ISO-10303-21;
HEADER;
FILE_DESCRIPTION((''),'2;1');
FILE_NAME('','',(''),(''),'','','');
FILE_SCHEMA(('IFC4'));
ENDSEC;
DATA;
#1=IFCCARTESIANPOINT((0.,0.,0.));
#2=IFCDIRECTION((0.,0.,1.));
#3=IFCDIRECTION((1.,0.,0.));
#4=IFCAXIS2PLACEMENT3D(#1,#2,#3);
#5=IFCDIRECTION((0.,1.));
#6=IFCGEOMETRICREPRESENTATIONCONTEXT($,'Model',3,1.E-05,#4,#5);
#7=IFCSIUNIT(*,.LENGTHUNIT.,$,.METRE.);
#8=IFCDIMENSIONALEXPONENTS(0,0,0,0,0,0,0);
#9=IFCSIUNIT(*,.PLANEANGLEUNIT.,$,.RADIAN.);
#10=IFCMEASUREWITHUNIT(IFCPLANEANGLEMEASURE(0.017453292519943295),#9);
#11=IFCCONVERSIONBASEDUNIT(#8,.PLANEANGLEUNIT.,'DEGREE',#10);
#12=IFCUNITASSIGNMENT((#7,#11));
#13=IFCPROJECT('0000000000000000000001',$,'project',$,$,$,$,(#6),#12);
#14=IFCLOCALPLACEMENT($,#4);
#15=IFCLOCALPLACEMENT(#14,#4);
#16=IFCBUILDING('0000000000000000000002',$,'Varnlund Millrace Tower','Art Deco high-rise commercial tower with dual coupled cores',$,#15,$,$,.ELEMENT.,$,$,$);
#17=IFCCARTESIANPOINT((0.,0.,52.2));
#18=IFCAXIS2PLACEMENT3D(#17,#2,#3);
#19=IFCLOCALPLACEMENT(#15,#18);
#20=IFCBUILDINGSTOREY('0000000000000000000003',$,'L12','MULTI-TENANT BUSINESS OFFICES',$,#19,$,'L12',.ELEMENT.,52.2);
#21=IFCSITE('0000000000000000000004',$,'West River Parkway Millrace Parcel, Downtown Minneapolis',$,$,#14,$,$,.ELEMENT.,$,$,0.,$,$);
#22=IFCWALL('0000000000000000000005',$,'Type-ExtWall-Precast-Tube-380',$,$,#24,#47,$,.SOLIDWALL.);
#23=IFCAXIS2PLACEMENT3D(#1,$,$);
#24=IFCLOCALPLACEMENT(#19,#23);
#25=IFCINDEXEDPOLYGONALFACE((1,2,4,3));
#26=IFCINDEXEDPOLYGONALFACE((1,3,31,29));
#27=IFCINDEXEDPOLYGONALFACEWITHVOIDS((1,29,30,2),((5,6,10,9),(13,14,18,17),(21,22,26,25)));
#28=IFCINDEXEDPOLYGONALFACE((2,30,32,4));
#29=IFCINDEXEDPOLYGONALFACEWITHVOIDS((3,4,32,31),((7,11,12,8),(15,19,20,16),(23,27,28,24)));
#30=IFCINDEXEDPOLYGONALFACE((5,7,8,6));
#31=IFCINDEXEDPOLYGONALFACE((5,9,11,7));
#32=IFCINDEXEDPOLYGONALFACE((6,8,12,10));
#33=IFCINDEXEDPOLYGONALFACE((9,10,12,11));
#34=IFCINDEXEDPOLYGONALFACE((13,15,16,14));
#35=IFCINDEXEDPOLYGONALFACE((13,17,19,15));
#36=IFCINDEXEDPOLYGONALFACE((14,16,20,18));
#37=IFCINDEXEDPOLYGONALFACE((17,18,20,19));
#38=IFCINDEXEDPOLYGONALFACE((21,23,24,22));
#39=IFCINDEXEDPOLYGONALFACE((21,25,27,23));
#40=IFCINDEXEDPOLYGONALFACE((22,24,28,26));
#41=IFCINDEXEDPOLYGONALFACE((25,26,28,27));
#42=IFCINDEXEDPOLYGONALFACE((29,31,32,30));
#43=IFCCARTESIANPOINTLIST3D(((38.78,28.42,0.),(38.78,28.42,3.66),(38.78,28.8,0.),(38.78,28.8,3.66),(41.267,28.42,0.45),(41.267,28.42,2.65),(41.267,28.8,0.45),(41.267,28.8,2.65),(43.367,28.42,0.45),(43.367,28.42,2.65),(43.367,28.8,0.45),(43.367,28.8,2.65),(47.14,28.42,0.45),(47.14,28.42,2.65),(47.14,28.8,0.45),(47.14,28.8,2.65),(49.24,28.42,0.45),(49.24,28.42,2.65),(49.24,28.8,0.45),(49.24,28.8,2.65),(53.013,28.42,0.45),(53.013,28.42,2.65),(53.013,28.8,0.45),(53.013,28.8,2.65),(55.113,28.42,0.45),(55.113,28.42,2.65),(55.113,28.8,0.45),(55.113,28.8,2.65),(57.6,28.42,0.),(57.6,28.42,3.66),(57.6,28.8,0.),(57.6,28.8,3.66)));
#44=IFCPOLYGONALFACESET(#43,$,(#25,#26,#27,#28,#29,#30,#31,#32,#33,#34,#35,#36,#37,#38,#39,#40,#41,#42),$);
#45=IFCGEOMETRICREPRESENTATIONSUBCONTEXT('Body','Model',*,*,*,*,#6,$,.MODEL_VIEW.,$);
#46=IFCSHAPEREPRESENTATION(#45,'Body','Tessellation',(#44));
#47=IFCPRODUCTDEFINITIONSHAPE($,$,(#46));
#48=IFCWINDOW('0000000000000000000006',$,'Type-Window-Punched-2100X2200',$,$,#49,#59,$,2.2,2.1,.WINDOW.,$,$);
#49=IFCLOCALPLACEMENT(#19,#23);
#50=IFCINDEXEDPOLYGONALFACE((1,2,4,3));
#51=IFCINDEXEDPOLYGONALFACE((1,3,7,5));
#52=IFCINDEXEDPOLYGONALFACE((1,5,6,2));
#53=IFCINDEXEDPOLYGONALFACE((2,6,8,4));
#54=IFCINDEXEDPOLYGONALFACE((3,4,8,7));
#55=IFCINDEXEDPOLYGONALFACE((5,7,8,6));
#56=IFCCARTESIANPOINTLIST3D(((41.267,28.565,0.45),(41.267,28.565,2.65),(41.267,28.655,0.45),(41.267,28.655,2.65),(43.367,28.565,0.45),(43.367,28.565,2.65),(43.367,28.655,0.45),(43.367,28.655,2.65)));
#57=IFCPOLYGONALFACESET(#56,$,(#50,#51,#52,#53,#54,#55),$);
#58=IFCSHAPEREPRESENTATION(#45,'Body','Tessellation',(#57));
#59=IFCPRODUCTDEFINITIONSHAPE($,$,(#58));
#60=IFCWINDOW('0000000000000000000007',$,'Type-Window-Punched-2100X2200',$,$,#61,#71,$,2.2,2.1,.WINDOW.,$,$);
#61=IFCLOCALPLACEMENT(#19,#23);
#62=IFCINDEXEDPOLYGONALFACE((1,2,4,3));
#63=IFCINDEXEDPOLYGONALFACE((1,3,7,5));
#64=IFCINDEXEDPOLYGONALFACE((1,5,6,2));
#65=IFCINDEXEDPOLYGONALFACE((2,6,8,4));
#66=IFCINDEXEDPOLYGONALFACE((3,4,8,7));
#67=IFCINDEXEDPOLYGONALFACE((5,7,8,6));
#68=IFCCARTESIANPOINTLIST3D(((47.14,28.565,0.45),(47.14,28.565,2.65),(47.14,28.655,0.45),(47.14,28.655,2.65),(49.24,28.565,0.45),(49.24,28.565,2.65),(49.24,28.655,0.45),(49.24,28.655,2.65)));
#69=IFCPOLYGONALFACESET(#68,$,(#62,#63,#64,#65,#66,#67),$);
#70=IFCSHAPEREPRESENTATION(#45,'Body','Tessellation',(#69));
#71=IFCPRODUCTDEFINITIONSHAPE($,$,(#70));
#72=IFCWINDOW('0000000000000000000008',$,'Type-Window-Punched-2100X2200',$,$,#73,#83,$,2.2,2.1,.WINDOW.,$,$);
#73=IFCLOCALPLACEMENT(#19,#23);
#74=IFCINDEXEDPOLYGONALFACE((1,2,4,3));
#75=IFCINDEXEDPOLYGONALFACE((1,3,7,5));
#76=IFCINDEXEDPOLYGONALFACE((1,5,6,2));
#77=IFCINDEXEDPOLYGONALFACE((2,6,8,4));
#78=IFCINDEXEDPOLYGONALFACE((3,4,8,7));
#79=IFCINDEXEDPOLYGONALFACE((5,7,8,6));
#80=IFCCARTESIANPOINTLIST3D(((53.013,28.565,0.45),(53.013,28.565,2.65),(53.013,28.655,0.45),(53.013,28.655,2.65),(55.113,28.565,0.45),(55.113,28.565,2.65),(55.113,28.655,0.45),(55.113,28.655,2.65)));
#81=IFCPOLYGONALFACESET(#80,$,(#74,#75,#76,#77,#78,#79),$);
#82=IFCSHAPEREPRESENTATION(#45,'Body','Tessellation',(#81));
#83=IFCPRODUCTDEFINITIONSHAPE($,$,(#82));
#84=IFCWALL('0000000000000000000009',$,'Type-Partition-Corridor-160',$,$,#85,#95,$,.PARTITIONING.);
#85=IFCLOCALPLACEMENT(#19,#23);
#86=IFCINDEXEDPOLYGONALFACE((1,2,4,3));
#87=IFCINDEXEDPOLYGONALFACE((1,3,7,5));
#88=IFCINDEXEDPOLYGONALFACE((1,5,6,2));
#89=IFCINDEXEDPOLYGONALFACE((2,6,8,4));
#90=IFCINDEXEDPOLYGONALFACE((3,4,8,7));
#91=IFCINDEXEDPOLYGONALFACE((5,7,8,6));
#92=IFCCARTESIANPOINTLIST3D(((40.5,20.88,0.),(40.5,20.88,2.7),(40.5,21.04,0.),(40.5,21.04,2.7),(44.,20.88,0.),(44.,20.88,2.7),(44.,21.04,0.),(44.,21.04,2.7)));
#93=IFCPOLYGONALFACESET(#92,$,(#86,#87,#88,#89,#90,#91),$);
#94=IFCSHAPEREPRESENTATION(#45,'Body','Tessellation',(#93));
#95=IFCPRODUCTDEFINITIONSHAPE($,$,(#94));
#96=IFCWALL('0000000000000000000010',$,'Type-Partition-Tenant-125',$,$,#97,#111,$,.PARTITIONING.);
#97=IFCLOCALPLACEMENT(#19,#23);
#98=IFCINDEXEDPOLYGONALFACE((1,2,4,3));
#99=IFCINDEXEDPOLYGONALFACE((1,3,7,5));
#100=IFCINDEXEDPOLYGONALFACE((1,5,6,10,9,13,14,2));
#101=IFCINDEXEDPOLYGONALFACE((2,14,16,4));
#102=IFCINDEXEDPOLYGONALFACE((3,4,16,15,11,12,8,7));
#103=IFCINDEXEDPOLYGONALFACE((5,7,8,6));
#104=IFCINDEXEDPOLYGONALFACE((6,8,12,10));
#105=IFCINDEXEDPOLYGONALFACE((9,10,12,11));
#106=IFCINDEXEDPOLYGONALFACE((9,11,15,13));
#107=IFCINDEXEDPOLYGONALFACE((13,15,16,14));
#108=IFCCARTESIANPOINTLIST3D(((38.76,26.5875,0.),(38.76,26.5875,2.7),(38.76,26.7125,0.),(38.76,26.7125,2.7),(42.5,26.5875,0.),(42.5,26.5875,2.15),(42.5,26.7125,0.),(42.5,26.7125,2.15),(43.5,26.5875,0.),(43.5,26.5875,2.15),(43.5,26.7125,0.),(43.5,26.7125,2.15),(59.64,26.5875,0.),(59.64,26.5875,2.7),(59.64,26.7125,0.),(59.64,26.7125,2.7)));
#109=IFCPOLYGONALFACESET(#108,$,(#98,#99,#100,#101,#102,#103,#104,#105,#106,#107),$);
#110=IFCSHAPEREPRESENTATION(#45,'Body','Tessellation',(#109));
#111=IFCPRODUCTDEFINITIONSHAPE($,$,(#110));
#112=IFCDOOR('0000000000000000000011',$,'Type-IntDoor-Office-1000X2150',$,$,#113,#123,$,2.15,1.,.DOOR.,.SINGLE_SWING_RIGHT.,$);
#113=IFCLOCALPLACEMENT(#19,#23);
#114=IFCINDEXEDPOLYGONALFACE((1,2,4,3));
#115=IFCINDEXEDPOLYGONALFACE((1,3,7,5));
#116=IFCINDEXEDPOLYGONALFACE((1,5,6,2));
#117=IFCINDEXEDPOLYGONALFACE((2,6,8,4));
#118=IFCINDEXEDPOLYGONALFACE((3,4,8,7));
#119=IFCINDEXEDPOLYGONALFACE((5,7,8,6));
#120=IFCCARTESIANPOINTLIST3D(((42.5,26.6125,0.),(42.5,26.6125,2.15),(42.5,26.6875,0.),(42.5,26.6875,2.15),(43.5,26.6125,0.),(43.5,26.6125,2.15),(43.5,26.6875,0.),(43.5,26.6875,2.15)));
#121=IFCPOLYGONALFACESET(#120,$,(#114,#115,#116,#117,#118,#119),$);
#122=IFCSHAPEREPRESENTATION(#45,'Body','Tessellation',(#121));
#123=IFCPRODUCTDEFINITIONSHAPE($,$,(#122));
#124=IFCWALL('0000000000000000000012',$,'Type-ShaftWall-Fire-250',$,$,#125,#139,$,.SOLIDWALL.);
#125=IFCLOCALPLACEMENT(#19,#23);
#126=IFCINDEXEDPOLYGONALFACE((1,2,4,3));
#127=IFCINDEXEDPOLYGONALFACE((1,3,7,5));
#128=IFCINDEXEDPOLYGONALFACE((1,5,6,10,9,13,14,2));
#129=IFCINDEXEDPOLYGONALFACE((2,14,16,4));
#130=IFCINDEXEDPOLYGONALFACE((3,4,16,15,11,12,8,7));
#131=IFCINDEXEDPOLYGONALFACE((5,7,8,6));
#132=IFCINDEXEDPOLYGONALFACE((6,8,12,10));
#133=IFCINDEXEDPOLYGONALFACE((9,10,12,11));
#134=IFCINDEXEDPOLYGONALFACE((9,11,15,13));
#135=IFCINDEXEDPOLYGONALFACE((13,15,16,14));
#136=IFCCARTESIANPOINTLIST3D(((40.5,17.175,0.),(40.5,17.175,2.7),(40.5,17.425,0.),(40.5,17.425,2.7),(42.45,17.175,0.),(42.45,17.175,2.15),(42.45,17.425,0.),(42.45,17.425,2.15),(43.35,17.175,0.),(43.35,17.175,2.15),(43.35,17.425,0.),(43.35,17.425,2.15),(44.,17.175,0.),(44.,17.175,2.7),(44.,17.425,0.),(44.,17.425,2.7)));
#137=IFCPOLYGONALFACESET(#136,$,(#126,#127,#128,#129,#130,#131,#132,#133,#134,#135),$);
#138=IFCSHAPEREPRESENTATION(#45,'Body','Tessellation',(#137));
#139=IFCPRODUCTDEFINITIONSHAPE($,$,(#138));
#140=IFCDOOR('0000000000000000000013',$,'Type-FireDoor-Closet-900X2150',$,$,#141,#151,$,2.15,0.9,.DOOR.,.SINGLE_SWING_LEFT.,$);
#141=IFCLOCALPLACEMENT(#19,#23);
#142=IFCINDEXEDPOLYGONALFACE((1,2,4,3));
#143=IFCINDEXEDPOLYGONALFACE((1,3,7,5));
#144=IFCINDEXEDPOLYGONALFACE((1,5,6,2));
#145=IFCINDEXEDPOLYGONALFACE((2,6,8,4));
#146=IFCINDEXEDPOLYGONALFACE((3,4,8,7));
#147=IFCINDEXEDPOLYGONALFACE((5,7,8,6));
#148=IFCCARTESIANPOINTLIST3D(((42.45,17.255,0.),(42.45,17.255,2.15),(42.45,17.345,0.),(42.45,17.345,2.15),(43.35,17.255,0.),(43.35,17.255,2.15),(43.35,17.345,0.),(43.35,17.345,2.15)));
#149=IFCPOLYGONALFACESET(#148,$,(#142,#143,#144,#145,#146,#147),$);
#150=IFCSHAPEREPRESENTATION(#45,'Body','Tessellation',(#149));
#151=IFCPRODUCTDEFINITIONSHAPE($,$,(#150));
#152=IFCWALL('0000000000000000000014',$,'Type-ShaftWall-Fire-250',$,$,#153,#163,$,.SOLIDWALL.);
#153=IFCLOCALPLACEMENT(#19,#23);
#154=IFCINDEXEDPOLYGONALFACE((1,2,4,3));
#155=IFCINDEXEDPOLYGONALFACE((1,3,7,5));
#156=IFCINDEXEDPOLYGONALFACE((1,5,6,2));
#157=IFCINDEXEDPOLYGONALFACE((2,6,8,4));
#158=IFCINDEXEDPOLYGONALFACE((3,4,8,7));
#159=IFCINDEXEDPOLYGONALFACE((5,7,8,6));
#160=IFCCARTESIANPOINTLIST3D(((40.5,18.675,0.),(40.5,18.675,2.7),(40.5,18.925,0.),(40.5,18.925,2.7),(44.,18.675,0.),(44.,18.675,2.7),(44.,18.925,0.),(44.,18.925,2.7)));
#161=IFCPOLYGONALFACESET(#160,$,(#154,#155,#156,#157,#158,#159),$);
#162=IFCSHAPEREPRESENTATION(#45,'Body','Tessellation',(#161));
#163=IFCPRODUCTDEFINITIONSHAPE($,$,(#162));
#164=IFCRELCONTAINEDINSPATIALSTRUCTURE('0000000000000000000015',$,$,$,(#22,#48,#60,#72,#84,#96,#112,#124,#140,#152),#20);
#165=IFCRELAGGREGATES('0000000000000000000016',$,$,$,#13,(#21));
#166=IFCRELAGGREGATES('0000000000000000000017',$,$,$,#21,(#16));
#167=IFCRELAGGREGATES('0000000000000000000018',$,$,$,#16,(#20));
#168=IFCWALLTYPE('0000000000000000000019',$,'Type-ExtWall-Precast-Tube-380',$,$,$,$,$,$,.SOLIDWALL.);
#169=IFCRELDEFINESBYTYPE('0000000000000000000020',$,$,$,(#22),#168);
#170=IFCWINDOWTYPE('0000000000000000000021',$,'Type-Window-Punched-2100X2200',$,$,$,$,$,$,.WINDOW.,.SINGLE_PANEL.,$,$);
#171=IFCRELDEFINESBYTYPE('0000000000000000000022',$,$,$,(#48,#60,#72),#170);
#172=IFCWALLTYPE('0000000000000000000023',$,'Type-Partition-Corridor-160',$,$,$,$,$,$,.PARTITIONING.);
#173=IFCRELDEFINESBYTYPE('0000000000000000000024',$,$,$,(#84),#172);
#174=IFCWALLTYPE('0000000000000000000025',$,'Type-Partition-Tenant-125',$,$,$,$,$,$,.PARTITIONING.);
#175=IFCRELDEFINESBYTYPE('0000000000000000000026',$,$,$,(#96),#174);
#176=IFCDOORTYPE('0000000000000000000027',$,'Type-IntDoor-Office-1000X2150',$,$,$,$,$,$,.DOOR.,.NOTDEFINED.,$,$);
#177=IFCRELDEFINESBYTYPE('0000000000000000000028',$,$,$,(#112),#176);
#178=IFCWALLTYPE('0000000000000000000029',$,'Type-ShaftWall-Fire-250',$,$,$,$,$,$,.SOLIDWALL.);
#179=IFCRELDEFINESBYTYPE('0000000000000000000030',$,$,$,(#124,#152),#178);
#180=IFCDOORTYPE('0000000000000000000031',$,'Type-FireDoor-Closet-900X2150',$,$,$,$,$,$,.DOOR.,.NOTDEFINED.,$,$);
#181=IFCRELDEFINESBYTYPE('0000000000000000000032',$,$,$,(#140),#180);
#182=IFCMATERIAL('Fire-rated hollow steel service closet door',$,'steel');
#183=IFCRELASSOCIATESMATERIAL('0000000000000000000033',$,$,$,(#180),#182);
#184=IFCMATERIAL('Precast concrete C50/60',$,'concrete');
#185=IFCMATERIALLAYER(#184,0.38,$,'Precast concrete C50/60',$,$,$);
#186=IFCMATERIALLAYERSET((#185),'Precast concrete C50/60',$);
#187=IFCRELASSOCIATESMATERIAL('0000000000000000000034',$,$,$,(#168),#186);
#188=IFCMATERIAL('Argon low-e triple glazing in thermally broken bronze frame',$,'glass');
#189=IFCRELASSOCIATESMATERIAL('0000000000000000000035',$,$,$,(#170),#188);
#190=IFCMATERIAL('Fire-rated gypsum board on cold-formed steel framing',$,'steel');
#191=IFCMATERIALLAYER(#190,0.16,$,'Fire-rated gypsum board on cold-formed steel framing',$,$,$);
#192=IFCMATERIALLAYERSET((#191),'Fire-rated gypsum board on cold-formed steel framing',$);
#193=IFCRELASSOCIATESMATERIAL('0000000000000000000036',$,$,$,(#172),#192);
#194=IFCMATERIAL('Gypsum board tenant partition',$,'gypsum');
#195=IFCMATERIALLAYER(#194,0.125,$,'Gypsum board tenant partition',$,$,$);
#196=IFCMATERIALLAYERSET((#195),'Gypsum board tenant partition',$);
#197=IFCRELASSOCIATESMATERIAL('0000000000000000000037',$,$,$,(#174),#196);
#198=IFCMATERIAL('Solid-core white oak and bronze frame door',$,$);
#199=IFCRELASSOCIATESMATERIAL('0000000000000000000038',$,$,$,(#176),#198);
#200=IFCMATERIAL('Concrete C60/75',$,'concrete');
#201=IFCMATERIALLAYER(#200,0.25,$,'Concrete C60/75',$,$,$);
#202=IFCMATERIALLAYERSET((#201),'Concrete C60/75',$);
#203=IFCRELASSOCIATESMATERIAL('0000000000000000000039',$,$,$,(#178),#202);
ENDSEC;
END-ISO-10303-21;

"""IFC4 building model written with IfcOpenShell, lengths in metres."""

from ifc_helpers import new_model, entity, si_unit, converted_unit, direction, frame, origin_with_axes, origin_2d_with_axis, place, context, subcontext, project, spatial, polyline, rectangle, outline, extrude, material, layer, layer_set, type_object, element, fill, save


model = new_model("IFC4")

# Units and contexts
model_context = context("Model", 3, precision=1e-05, world=origin_with_axes(), true_north=direction((0.0, 1.0)))
body_context = subcontext(model_context, "Body", "Model", "MODEL_VIEW")
ifc_project = project(units=[si_unit("LENGTHUNIT", "METRE"), converted_unit("PLANEANGLEUNIT", "DEGREE", entity("IfcPlaneAngleMeasure", 0.017453292519943295), si_unit("PLANEANGLEUNIT", "RADIAN"), dimensions=[0, 0, 0, 0, 0, 0, 0])], contexts=[model_context])

# Site, building, storey
site_placement = place(None, origin_with_axes())
site = spatial("IfcSite", under=ifc_project, at=site_placement, Name="West River Parkway Millrace Parcel, Downtown Minneapolis", CompositionType="ELEMENT", RefElevation=0.0)
building_placement = place(site_placement, origin_with_axes())
building = spatial("IfcBuilding", under=site, at=building_placement, Name="Varnlund Millrace Tower", Description="Art Deco high-rise commercial tower with dual coupled cores", CompositionType="ELEMENT")
storey_placement = place(building_placement, frame((0.0, 0.0, 52.2), z_axis=(0.0, 0.0, 1.0), x_axis=(1.0, 0.0, 0.0)))
storey = spatial("IfcBuildingStorey", under=building, at=storey_placement, Name="L12", Description="MULTI-TENANT BUSINESS OFFICES", LongName="L12", CompositionType="ELEMENT", Elevation=52.2)

# Shared definitions
ifc_material_1 = material(Name="Fire-rated hollow steel service closet door", Category="steel")
door_type_1 = type_object("IfcDoorType", Name="Type-FireDoor-Closet-900X2150", OperationType="NOTDEFINED", PredefinedType="DOOR", material=ifc_material_1)

# Wall, openings, windows
ifc_material_2 = material(Name="Precast concrete C50/60", Category="concrete")
ifc_layer_1 = layer(ifc_material_2, 0.38, Name="Precast concrete C50/60")
ifc_layer_set_1 = layer_set([ifc_layer_1], Name="Precast concrete C50/60")
wall_type_1 = type_object("IfcWallType", Name="Type-ExtWall-Precast-Tube-380", PredefinedType="SOLIDWALL", material=ifc_layer_set_1)
wall_1_placement = place(storey_placement, frame((38.78, 28.61, 0.0), z_axis=(0.0, 0.0, 1.0), x_axis=(1.0, 0.0, 0.0)))
wall_1 = element("IfcWall", 1, at=wall_1_placement, inside=storey, type_object=wall_type_1, Name="Type-ExtWall-Precast-Tube-380", PredefinedType="SOLIDWALL", context=body_context, shape_type="SweptSolid", body=[
    extrude(outline(polyline([(0.0, -0.19), (18.82, -0.19), (18.82, 0.19), (0.0, 0.19), (0.0, -0.19)])), origin_with_axes(), (0.0, 0.0, 1.0), 3.66),
])
opening_1_placement = place(wall_1_placement, frame((3.537, 0.0, 0.45), z_axis=(0.0, 0.0, 1.0), x_axis=(1.0, 0.0, 0.0)))
opening_1 = element("IfcOpeningElement", 2, at=opening_1_placement, cuts=wall_1, PredefinedType="OPENING", context=body_context, shape_type="SweptSolid", body=[
    extrude(rectangle(XDim=2.1, YDim=0.4, at=origin_2d_with_axis()), origin_with_axes(), (0.0, 0.0, 1.0), 2.2),
])
opening_2_placement = place(wall_1_placement, frame((9.41, 0.0, 0.45), z_axis=(0.0, 0.0, 1.0), x_axis=(1.0, 0.0, 0.0)))
opening_2 = element("IfcOpeningElement", 3, at=opening_2_placement, cuts=wall_1, PredefinedType="OPENING", context=body_context, shape_type="SweptSolid", body=[
    extrude(rectangle(XDim=2.1, YDim=0.4, at=origin_2d_with_axis()), origin_with_axes(), (0.0, 0.0, 1.0), 2.2),
])
opening_3_placement = place(wall_1_placement, frame((15.283, 0.0, 0.45), z_axis=(0.0, 0.0, 1.0), x_axis=(1.0, 0.0, 0.0)))
opening_3 = element("IfcOpeningElement", 4, at=opening_3_placement, cuts=wall_1, PredefinedType="OPENING", context=body_context, shape_type="SweptSolid", body=[
    extrude(rectangle(XDim=2.1, YDim=0.4, at=origin_2d_with_axis()), origin_with_axes(), (0.0, 0.0, 1.0), 2.2),
])
ifc_material_3 = material(Name="Argon low-e triple glazing in thermally broken bronze frame", Category="glass")
window_type = type_object("IfcWindowType", Name="Type-Window-Punched-2100X2200", PartitioningType="SINGLE_PANEL", PredefinedType="WINDOW", material=ifc_material_3)
window_1_placement = place(wall_1_placement, frame((3.537, 0.0, 0.45), z_axis=(0.0, 0.0, 1.0), x_axis=(1.0, 0.0, 0.0)))
window_1 = element("IfcWindow", 5, at=window_1_placement, inside=storey, type_object=window_type, Name="Type-Window-Punched-2100X2200", OverallHeight=2.2, OverallWidth=2.1, PredefinedType="WINDOW", context=body_context, shape_type="SweptSolid", body=[
    extrude(rectangle(XDim=2.1, YDim=0.09, at=origin_2d_with_axis()), origin_with_axes(), (0.0, 0.0, 1.0), 2.2),
])
fill(opening_1, window_1)
window_2_placement = place(wall_1_placement, frame((9.41, 0.0, 0.45), z_axis=(0.0, 0.0, 1.0), x_axis=(1.0, 0.0, 0.0)))
window_2 = element("IfcWindow", 6, at=window_2_placement, inside=storey, type_object=window_type, Name="Type-Window-Punched-2100X2200", OverallHeight=2.2, OverallWidth=2.1, PredefinedType="WINDOW", context=body_context, shape_type="SweptSolid", body=[
    extrude(rectangle(XDim=2.1, YDim=0.09, at=origin_2d_with_axis()), origin_with_axes(), (0.0, 0.0, 1.0), 2.2),
])
fill(opening_2, window_2)
window_3_placement = place(wall_1_placement, frame((15.283, 0.0, 0.45), z_axis=(0.0, 0.0, 1.0), x_axis=(1.0, 0.0, 0.0)))
window_3 = element("IfcWindow", 7, at=window_3_placement, inside=storey, type_object=window_type, Name="Type-Window-Punched-2100X2200", OverallHeight=2.2, OverallWidth=2.1, PredefinedType="WINDOW", context=body_context, shape_type="SweptSolid", body=[
    extrude(rectangle(XDim=2.1, YDim=0.09, at=origin_2d_with_axis()), origin_with_axes(), (0.0, 0.0, 1.0), 2.2),
])
fill(opening_3, window_3)

# Wall
ifc_material_4 = material(Name="Fire-rated gypsum board on cold-formed steel framing", Category="steel")
ifc_layer_2 = layer(ifc_material_4, 0.16, Name="Fire-rated gypsum board on cold-formed steel framing")
ifc_layer_set_2 = layer_set([ifc_layer_2], Name="Fire-rated gypsum board on cold-formed steel framing")
wall_type_2 = type_object("IfcWallType", Name="Type-Partition-Corridor-160", PredefinedType="PARTITIONING", material=ifc_layer_set_2)
wall_2_placement = place(storey_placement, frame((40.5, 20.96, 0.0), z_axis=(0.0, 0.0, 1.0), x_axis=(1.0, 0.0, 0.0)))
element("IfcWall", 8, at=wall_2_placement, inside=storey, type_object=wall_type_2, Name="Type-Partition-Corridor-160", PredefinedType="PARTITIONING", context=body_context, shape_type="SweptSolid", body=[
    extrude(outline(polyline([(0.0, -0.08), (3.5, -0.08), (3.5, 0.08), (0.0, 0.08), (0.0, -0.08)])), origin_with_axes(), (0.0, 0.0, 1.0), 2.7),
])

# Walls, openings, doors
ifc_material_5 = material(Name="Gypsum board tenant partition", Category="gypsum")
ifc_layer_3 = layer(ifc_material_5, 0.125, Name="Gypsum board tenant partition")
ifc_layer_set_3 = layer_set([ifc_layer_3], Name="Gypsum board tenant partition")
wall_type_3 = type_object("IfcWallType", Name="Type-Partition-Tenant-125", PredefinedType="PARTITIONING", material=ifc_layer_set_3)
wall_3_placement = place(storey_placement, frame((38.76, 26.65, 0.0), z_axis=(0.0, 0.0, 1.0), x_axis=(1.0, 0.0, 0.0)))
wall_3 = element("IfcWall", 9, at=wall_3_placement, inside=storey, type_object=wall_type_3, Name="Type-Partition-Tenant-125", PredefinedType="PARTITIONING", context=body_context, shape_type="SweptSolid", body=[
    extrude(outline(polyline([(0.0, -0.0625), (20.88, -0.0625), (20.88, 0.0625), (0.0, 0.0625), (0.0, -0.0625)])), origin_with_axes(), (0.0, 0.0, 1.0), 2.7),
])
opening_4_placement = place(wall_3_placement, frame((4.24, 0.0, 0.0), z_axis=(0.0, 0.0, 1.0), x_axis=(1.0, 0.0, 0.0)))
opening_4 = element("IfcOpeningElement", 10, at=opening_4_placement, cuts=wall_3, PredefinedType="OPENING", context=body_context, shape_type="SweptSolid", body=[
    extrude(rectangle(XDim=1.0, YDim=0.145, at=origin_2d_with_axis()), origin_with_axes(), (0.0, 0.0, 1.0), 2.15),
])
ifc_material_6 = material(Name="Solid-core white oak and bronze frame door")
door_type_2 = type_object("IfcDoorType", Name="Type-IntDoor-Office-1000X2150", OperationType="NOTDEFINED", PredefinedType="DOOR", material=ifc_material_6)
door_1_placement = place(wall_3_placement, frame((4.24, 0.0, 0.0), z_axis=(0.0, 0.0, 1.0), x_axis=(1.0, 0.0, 0.0)))
door_1 = element("IfcDoor", 11, at=door_1_placement, inside=storey, type_object=door_type_2, Name="Type-IntDoor-Office-1000X2150", OperationType="SINGLE_SWING_RIGHT", OverallHeight=2.15, OverallWidth=1.0, PredefinedType="DOOR", context=body_context, shape_type="SweptSolid", body=[
    extrude(rectangle(XDim=1.0, YDim=0.075, at=origin_2d_with_axis()), origin_with_axes(), (0.0, 0.0, 1.0), 2.15),
])
fill(opening_4, door_1)
ifc_material_7 = material(Name="Concrete C60/75", Category="concrete")
ifc_layer_4 = layer(ifc_material_7, 0.25, Name="Concrete C60/75")
ifc_layer_set_4 = layer_set([ifc_layer_4], Name="Concrete C60/75")
wall_type_4 = type_object("IfcWallType", Name="Type-ShaftWall-Fire-250", PredefinedType="SOLIDWALL", material=ifc_layer_set_4)
wall_4_placement = place(storey_placement, frame((40.5, 17.3, 0.0), z_axis=(0.0, 0.0, 1.0), x_axis=(1.0, 0.0, 0.0)))
wall_4 = element("IfcWall", 12, at=wall_4_placement, inside=storey, type_object=wall_type_4, Name="Type-ShaftWall-Fire-250", PredefinedType="SOLIDWALL", context=body_context, shape_type="SweptSolid", body=[
    extrude(outline(polyline([(0.0, -0.125), (3.5, -0.125), (3.5, 0.125), (0.0, 0.125), (0.0, -0.125)])), origin_with_axes(), (0.0, 0.0, 1.0), 2.7),
])
opening_5_placement = place(wall_4_placement, frame((2.4, 0.0, 0.0), z_axis=(0.0, 0.0, 1.0), x_axis=(1.0, 0.0, 0.0)))
opening_5 = element("IfcOpeningElement", 13, at=opening_5_placement, cuts=wall_4, PredefinedType="OPENING", context=body_context, shape_type="SweptSolid", body=[
    extrude(rectangle(XDim=0.9, YDim=0.27, at=origin_2d_with_axis()), origin_with_axes(), (0.0, 0.0, 1.0), 2.15),
])
door_2_placement = place(wall_4_placement, frame((2.4, 0.0, 0.0), z_axis=(0.0, 0.0, 1.0), x_axis=(1.0, 0.0, 0.0)))
door_2 = element("IfcDoor", 14, at=door_2_placement, inside=storey, type_object=door_type_1, Name="Type-FireDoor-Closet-900X2150", OperationType="SINGLE_SWING_LEFT", OverallHeight=2.15, OverallWidth=0.9, PredefinedType="DOOR", context=body_context, shape_type="SweptSolid", body=[
    extrude(rectangle(XDim=0.9, YDim=0.09, at=origin_2d_with_axis()), origin_with_axes(), (0.0, 0.0, 1.0), 2.15),
])
fill(opening_5, door_2)

# Wall
wall_5_placement = place(storey_placement, frame((40.5, 18.8, 0.0), z_axis=(0.0, 0.0, 1.0), x_axis=(1.0, 0.0, 0.0)))
element("IfcWall", 15, at=wall_5_placement, inside=storey, type_object=wall_type_4, Name="Type-ShaftWall-Fire-250", PredefinedType="SOLIDWALL", context=body_context, shape_type="SweptSolid", body=[
    extrude(outline(polyline([(0.0, -0.125), (3.5, -0.125), (3.5, 0.125), (0.0, 0.125), (0.0, -0.125)])), origin_with_axes(), (0.0, 0.0, 1.0), 2.7),
])

save(model, "model.ifc")
